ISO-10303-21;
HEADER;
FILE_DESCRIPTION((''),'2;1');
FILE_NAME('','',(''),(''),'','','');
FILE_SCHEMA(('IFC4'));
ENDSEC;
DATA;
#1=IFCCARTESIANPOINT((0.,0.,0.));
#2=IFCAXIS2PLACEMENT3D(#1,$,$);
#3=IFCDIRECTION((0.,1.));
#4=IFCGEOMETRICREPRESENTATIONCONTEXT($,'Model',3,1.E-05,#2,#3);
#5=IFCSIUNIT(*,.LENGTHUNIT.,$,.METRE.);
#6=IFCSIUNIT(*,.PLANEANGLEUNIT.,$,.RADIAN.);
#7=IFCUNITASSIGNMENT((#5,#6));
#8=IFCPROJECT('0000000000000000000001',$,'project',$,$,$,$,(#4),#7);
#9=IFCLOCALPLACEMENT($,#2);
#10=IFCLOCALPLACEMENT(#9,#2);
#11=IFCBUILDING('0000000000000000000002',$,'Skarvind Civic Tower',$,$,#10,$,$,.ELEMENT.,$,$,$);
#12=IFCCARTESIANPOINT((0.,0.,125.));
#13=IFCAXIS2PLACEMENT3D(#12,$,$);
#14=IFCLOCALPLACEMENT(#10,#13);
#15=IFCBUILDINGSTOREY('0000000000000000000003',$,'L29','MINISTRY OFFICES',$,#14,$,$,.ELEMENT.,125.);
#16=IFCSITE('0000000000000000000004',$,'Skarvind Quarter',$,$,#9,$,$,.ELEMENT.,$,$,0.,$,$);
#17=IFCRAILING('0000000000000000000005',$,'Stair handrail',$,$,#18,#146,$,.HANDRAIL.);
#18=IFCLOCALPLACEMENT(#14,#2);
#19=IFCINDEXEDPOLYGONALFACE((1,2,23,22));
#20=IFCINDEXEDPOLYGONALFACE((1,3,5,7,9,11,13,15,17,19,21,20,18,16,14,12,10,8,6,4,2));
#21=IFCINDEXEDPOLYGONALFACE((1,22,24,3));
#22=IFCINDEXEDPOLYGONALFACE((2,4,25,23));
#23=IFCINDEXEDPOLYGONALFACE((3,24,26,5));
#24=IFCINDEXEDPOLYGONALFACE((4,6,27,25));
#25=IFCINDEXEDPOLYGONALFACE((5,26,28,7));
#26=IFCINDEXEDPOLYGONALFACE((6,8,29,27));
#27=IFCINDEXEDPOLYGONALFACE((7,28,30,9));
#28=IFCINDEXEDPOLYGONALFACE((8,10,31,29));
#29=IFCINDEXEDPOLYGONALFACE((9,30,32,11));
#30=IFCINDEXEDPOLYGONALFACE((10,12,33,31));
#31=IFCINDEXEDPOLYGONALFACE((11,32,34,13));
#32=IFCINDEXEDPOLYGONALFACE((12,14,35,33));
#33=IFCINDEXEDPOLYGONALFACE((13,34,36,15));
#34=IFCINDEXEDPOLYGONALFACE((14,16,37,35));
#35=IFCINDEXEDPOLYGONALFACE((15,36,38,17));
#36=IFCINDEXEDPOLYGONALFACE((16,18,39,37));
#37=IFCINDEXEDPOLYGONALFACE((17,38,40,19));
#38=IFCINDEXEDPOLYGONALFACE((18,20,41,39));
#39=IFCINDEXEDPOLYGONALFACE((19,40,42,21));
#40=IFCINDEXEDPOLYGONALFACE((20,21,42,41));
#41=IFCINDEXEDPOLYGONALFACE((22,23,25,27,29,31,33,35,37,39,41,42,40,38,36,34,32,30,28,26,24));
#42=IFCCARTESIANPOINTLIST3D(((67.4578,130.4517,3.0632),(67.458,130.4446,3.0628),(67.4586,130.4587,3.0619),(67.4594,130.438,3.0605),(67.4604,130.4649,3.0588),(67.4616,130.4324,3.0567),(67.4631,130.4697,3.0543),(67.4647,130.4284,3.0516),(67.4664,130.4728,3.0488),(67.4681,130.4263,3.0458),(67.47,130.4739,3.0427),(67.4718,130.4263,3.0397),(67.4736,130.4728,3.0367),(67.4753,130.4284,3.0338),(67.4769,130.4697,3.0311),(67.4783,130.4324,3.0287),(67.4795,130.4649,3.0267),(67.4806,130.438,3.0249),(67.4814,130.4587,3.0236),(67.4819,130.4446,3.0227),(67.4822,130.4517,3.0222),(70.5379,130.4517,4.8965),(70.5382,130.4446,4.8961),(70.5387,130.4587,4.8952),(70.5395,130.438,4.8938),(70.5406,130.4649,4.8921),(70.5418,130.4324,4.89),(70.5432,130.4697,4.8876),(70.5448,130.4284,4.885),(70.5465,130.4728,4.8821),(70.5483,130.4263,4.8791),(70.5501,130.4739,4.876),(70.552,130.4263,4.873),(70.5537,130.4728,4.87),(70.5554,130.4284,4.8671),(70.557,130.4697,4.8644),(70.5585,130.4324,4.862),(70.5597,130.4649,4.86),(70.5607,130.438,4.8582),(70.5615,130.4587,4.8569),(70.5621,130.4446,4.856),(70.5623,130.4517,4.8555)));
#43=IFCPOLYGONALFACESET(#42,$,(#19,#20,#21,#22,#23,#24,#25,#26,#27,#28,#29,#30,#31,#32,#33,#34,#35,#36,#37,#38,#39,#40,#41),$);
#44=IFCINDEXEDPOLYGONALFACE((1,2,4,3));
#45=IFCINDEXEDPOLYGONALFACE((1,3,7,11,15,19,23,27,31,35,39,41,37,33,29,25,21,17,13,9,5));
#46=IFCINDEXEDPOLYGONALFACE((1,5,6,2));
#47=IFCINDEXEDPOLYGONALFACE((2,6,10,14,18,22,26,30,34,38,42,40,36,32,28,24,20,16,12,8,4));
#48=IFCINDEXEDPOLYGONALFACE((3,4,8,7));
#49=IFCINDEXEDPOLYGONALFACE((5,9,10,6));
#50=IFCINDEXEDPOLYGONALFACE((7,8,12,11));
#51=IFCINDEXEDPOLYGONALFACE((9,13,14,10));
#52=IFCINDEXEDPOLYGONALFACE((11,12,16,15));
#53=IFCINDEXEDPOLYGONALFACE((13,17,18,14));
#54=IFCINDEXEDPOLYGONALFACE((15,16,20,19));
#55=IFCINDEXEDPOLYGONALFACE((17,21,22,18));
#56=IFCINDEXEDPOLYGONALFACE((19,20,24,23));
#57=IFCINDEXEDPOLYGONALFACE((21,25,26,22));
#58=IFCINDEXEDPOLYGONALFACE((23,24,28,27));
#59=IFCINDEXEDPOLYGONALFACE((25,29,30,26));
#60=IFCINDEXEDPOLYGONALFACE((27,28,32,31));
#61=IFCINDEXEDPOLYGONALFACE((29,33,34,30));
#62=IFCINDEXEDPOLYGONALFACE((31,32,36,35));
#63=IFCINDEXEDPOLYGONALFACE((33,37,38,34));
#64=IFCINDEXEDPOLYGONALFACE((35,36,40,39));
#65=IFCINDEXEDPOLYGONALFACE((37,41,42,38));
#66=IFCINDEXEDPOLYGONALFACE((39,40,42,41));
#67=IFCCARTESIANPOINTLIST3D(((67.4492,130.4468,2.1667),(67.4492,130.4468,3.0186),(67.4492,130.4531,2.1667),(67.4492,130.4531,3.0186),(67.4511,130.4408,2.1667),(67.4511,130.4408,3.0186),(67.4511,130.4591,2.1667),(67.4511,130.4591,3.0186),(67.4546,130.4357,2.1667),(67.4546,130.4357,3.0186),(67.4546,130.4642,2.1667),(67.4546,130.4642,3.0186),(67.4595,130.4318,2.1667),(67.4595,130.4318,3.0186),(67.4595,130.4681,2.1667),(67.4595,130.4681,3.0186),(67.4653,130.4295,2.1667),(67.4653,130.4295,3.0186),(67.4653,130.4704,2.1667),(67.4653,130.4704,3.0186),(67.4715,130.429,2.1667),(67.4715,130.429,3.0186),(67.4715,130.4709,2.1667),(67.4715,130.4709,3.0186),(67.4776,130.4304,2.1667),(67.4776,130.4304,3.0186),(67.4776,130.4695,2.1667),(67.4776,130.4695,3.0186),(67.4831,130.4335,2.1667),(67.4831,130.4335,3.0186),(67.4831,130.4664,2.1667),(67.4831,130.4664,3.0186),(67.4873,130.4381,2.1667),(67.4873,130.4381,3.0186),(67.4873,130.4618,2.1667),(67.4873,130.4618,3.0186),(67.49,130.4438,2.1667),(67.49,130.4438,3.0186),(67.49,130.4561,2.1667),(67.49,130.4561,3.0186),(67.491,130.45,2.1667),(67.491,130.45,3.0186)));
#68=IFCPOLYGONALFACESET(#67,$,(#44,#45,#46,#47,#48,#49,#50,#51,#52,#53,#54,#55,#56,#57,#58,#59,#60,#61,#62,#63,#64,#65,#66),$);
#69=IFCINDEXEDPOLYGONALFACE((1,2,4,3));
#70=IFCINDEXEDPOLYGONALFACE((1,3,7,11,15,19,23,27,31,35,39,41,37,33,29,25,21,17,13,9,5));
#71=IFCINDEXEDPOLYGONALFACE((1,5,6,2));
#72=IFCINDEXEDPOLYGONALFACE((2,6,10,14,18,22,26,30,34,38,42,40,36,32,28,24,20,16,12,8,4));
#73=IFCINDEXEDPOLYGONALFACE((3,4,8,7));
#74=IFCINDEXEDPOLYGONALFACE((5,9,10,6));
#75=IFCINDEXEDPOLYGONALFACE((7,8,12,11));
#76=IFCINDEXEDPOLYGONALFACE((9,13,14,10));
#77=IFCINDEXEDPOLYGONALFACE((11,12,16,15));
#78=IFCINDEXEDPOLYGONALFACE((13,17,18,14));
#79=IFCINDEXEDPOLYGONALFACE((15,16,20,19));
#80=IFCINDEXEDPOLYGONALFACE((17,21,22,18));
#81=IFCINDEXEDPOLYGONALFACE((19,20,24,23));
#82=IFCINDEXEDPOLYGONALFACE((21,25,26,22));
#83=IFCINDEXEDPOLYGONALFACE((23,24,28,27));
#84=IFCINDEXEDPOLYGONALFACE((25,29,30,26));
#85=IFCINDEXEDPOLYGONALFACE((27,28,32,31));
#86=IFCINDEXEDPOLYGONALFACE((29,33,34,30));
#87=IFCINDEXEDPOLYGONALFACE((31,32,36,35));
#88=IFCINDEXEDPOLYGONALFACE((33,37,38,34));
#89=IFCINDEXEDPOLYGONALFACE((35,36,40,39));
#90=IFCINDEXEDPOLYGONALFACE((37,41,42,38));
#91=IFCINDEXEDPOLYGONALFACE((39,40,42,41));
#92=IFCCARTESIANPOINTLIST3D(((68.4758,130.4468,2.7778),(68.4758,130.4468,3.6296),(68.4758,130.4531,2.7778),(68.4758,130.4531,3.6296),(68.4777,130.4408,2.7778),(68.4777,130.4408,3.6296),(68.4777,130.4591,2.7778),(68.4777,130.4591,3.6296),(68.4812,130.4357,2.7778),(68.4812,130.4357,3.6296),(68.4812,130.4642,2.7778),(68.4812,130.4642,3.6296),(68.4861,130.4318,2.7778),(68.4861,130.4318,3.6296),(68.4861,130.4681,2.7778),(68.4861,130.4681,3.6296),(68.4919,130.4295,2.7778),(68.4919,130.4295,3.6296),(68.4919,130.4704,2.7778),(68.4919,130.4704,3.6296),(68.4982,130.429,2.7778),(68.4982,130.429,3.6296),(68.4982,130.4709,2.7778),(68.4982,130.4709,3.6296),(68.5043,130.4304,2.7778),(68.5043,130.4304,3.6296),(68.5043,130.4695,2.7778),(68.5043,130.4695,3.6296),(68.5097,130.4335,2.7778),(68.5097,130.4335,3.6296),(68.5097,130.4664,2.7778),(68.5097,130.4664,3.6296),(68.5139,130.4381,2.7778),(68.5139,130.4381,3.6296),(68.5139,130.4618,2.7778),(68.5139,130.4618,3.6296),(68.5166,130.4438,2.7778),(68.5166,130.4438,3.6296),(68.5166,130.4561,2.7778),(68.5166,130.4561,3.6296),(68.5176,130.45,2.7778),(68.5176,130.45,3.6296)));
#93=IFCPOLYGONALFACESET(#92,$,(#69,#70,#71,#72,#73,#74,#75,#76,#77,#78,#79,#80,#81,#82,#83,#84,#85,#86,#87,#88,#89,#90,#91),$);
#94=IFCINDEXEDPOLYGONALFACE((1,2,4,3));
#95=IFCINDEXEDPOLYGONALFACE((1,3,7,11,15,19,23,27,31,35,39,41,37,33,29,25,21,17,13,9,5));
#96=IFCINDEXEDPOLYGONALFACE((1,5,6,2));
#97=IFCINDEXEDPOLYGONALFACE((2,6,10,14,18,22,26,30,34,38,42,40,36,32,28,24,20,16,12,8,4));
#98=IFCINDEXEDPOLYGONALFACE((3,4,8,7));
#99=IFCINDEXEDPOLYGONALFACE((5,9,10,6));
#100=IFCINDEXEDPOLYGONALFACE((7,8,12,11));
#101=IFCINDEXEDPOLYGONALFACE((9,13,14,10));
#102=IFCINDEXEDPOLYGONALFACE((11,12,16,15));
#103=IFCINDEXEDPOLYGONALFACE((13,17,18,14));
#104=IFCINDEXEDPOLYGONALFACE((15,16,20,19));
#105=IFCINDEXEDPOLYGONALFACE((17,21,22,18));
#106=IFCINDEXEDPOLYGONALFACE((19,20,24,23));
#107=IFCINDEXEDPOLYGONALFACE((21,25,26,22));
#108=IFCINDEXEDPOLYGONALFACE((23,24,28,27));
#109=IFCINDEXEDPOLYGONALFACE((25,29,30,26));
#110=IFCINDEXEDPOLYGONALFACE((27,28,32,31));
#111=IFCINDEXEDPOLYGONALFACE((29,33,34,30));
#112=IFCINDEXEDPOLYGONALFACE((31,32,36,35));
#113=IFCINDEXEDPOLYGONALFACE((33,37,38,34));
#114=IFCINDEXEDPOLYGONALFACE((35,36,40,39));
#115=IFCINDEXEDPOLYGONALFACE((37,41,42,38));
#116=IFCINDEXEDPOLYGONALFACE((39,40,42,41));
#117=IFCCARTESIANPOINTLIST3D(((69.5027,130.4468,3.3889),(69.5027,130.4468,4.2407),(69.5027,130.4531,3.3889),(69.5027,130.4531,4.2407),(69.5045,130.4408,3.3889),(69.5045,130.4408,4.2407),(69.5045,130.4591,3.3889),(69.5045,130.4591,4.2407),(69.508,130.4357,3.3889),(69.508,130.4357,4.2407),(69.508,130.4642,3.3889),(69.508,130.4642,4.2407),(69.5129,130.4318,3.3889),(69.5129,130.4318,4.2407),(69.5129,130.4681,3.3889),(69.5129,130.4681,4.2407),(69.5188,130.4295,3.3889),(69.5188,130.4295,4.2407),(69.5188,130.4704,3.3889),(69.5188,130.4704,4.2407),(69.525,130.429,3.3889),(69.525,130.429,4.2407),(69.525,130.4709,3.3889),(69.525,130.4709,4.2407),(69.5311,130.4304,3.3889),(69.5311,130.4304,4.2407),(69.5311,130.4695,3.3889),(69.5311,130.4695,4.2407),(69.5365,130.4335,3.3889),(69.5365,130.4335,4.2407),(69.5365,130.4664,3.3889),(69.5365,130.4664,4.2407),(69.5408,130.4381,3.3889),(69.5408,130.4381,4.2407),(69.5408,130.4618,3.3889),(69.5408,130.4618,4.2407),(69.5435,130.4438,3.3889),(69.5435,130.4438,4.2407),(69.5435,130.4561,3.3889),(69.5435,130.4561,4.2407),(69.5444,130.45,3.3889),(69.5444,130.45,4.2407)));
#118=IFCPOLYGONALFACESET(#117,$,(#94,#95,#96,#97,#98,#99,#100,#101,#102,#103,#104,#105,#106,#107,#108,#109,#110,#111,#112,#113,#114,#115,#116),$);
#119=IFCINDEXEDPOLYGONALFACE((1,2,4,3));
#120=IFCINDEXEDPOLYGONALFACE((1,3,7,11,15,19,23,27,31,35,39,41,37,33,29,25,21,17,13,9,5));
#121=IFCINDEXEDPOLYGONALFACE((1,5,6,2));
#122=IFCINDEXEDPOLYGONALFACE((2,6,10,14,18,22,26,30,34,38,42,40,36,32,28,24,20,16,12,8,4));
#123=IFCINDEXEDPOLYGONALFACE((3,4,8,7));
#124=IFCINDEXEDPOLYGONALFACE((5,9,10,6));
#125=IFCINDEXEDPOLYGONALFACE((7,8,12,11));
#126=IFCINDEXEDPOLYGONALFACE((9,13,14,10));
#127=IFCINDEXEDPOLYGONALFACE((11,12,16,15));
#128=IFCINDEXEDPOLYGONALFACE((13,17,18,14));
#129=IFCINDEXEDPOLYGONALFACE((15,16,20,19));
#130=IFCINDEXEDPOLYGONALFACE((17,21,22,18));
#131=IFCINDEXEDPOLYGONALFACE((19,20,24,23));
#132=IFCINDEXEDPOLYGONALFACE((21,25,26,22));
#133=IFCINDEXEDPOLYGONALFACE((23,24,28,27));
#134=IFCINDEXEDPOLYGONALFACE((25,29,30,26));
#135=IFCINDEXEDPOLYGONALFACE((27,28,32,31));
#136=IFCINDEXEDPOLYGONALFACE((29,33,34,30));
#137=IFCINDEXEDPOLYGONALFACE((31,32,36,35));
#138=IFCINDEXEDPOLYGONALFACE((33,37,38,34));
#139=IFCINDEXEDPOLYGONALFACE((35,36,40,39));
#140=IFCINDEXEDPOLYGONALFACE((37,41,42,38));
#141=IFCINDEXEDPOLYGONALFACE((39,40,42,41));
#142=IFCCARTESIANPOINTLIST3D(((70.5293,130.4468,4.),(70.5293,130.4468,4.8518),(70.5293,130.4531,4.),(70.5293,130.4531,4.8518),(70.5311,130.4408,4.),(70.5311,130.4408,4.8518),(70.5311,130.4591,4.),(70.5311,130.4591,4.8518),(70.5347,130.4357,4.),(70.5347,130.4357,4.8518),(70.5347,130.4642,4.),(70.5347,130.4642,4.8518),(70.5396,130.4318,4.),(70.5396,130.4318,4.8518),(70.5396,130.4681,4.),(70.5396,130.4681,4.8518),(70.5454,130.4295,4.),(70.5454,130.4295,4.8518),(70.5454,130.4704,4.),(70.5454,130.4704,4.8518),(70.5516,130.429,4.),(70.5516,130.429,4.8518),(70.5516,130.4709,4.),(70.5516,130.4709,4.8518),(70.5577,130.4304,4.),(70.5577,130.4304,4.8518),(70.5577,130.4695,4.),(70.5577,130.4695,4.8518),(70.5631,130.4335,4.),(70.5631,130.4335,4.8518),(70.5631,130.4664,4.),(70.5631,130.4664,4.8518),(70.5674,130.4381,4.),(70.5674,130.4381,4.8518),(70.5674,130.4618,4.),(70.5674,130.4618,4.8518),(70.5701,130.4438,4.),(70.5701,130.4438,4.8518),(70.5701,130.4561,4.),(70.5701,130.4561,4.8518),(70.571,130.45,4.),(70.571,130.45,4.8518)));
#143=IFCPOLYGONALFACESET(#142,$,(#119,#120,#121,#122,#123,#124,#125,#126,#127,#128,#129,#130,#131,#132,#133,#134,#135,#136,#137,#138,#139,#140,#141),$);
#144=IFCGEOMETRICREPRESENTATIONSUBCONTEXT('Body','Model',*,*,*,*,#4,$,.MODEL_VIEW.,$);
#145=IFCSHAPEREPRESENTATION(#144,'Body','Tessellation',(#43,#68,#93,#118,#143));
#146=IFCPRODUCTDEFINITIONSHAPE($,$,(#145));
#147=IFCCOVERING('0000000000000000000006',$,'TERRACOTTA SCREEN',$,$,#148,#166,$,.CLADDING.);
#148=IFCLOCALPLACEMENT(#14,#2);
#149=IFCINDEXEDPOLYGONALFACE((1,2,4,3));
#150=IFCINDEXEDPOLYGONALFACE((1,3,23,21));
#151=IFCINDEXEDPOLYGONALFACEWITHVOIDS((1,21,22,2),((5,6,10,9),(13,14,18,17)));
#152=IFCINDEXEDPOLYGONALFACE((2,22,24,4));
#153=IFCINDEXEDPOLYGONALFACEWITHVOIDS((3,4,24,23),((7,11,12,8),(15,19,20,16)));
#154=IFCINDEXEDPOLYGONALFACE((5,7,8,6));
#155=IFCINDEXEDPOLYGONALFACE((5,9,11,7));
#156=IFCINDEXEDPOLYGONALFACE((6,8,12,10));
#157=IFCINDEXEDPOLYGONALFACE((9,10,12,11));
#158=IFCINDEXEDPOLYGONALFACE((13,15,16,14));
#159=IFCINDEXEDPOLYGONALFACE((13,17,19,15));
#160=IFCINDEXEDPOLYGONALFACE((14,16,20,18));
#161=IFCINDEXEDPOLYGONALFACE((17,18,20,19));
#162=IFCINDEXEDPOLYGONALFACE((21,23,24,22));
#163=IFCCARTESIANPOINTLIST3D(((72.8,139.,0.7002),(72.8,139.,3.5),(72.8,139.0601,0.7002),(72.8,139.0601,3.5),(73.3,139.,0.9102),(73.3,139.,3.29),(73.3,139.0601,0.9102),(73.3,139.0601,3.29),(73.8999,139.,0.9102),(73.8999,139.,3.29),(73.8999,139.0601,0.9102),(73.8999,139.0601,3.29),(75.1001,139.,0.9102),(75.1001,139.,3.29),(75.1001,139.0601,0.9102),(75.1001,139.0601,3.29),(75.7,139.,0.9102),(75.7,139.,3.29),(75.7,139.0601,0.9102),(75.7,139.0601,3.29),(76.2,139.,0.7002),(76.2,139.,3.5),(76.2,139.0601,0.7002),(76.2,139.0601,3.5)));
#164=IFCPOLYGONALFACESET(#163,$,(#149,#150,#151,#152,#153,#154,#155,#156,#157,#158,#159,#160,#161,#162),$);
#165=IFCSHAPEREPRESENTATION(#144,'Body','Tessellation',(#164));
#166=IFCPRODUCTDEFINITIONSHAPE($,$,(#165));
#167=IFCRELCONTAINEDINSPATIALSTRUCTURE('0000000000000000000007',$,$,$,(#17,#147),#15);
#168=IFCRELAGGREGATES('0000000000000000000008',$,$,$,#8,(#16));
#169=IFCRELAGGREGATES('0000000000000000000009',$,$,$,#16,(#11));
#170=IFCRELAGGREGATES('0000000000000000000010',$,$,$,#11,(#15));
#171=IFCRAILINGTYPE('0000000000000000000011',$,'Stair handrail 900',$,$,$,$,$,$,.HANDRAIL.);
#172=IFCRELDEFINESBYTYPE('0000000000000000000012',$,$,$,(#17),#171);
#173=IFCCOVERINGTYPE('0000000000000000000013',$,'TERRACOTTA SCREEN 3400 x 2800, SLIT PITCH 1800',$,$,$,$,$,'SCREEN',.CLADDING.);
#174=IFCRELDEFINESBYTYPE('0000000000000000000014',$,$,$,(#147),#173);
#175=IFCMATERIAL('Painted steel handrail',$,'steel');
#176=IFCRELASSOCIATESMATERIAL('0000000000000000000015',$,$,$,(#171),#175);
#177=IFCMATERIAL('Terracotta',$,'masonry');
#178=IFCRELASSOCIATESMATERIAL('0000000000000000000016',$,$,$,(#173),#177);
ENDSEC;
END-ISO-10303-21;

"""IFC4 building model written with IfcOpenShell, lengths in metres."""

from ifc_helpers import new_model, si_unit, direction, frame, origin, origin_2d, place, context, subcontext, project, spatial, polyline, circle, outline, extrude, material, material_profile, profile_set, type_object, element, save


model = new_model("IFC4")

# Units and contexts
model_context = context("Model", 3, precision=1e-05, world=origin(), true_north=direction((0.0, 1.0)))
body_context = subcontext(model_context, "Body", "Model", "MODEL_VIEW")
ifc_project = project(units=[si_unit("LENGTHUNIT", "METRE"), si_unit("PLANEANGLEUNIT", "RADIAN")], contexts=[model_context])

# Site, building, storey
site_placement = place(None, origin())
site = spatial("IfcSite", under=ifc_project, at=site_placement, Name="Skarvind Quarter", CompositionType="ELEMENT", RefElevation=0.0)
building_placement = place(site_placement, origin())
building = spatial("IfcBuilding", under=site, at=building_placement, Name="Skarvind Civic Tower", CompositionType="ELEMENT")
storey_placement = place(building_placement, frame((0.0, 0.0, 125.0)))
storey = spatial("IfcBuildingStorey", under=building, at=storey_placement, Name="L29", Description="MINISTRY OFFICES", CompositionType="ELEMENT", Elevation=125.0)

# Railing
ifc_material_1 = material(Name="Painted steel handrail", Category="steel")
railing_type = type_object("IfcRailingType", Name="Stair handrail 900", PredefinedType="HANDRAIL", material=ifc_material_1)
railing_1_placement = place(storey_placement, frame((67.47, 130.45, 2.1667)))
element("IfcRailing", 1, at=railing_1_placement, inside=storey, type_object=railing_type, Name="Stair handrail", PredefinedType="HANDRAIL", context=body_context, shape_type="SweptSolid", body=[
    extrude(circle(Radius=0.0239, at=origin_2d()), frame((0.0, 0.0, 0.876), z_axis=(0.859309, 0.0, 0.511458), x_axis=(0.0, 1.0, 0.0)), (0.0, 0.0, 1.0), 3.5845),
    extrude(circle(Radius=0.021, at=origin_2d()), origin(), (0.0, 0.0, 1.0), 0.8518),
    extrude(circle(Radius=0.021, at=origin_2d()), frame((1.0266, 0.0, 0.6111)), (0.0, 0.0, 1.0), 0.8518),
    extrude(circle(Radius=0.021, at=origin_2d()), frame((2.0535, 0.0, 1.2222)), (0.0, 0.0, 1.0), 0.8518),
    extrude(circle(Radius=0.021, at=origin_2d()), frame((3.0801, 0.0, 1.8333)), (0.0, 0.0, 1.0), 0.8518),
])

# Covering
ifc_material_2 = material(Name="Terracotta", Category="masonry")
ifc_material_profile_1 = material_profile(ifc_material_2, outline(polyline([(-1.7, -1.3999), (1.7, -1.3999), (1.7, 1.3999), (-1.7, 1.3999), (-1.7, -1.3999)]), holes=[polyline([(-1.2, -1.1899), (-0.6001, -1.1899), (-0.6001, 1.1899), (-1.2, 1.1899), (-1.2, -1.1899)]), polyline([(0.6001, -1.1899), (1.2, -1.1899), (1.2, 1.1899), (0.6001, 1.1899), (0.6001, -1.1899)])]), Name="TERRACOTTA SCREEN 3400 x 2800, SLIT PITCH 1800")
ifc_profile_set_1 = profile_set([ifc_material_profile_1], Name="Terracotta")
covering_type = type_object("IfcCoveringType", Name="TERRACOTTA SCREEN 3400 x 2800, SLIT PITCH 1800", ElementType="SCREEN", PredefinedType="CLADDING", material=ifc_profile_set_1)
covering_placement = place(storey_placement, frame((74.5, 139.0, 2.1001), z_axis=(0.0, 1.0, 0.0), x_axis=(-1.0, 0.0, 0.0)))
element("IfcCovering", 2, at=covering_placement, inside=storey, type_object=covering_type, Name="TERRACOTTA SCREEN", PredefinedType="CLADDING", context=body_context, shape_type="SweptSolid", body=[
    extrude(outline(polyline([(-1.7, -1.3999), (1.7, -1.3999), (1.7, 1.3999), (-1.7, 1.3999), (-1.7, -1.3999)]), holes=[polyline([(-1.2, -1.1899), (-0.6001, -1.1899), (-0.6001, 1.1899), (-1.2, 1.1899), (-1.2, -1.1899)]), polyline([(0.6001, -1.1899), (1.2, -1.1899), (1.2, 1.1899), (0.6001, 1.1899), (0.6001, -1.1899)])]), origin(), (0.0, 0.0, 1.0), 0.0601),
])

save(model, "model.ifc")
